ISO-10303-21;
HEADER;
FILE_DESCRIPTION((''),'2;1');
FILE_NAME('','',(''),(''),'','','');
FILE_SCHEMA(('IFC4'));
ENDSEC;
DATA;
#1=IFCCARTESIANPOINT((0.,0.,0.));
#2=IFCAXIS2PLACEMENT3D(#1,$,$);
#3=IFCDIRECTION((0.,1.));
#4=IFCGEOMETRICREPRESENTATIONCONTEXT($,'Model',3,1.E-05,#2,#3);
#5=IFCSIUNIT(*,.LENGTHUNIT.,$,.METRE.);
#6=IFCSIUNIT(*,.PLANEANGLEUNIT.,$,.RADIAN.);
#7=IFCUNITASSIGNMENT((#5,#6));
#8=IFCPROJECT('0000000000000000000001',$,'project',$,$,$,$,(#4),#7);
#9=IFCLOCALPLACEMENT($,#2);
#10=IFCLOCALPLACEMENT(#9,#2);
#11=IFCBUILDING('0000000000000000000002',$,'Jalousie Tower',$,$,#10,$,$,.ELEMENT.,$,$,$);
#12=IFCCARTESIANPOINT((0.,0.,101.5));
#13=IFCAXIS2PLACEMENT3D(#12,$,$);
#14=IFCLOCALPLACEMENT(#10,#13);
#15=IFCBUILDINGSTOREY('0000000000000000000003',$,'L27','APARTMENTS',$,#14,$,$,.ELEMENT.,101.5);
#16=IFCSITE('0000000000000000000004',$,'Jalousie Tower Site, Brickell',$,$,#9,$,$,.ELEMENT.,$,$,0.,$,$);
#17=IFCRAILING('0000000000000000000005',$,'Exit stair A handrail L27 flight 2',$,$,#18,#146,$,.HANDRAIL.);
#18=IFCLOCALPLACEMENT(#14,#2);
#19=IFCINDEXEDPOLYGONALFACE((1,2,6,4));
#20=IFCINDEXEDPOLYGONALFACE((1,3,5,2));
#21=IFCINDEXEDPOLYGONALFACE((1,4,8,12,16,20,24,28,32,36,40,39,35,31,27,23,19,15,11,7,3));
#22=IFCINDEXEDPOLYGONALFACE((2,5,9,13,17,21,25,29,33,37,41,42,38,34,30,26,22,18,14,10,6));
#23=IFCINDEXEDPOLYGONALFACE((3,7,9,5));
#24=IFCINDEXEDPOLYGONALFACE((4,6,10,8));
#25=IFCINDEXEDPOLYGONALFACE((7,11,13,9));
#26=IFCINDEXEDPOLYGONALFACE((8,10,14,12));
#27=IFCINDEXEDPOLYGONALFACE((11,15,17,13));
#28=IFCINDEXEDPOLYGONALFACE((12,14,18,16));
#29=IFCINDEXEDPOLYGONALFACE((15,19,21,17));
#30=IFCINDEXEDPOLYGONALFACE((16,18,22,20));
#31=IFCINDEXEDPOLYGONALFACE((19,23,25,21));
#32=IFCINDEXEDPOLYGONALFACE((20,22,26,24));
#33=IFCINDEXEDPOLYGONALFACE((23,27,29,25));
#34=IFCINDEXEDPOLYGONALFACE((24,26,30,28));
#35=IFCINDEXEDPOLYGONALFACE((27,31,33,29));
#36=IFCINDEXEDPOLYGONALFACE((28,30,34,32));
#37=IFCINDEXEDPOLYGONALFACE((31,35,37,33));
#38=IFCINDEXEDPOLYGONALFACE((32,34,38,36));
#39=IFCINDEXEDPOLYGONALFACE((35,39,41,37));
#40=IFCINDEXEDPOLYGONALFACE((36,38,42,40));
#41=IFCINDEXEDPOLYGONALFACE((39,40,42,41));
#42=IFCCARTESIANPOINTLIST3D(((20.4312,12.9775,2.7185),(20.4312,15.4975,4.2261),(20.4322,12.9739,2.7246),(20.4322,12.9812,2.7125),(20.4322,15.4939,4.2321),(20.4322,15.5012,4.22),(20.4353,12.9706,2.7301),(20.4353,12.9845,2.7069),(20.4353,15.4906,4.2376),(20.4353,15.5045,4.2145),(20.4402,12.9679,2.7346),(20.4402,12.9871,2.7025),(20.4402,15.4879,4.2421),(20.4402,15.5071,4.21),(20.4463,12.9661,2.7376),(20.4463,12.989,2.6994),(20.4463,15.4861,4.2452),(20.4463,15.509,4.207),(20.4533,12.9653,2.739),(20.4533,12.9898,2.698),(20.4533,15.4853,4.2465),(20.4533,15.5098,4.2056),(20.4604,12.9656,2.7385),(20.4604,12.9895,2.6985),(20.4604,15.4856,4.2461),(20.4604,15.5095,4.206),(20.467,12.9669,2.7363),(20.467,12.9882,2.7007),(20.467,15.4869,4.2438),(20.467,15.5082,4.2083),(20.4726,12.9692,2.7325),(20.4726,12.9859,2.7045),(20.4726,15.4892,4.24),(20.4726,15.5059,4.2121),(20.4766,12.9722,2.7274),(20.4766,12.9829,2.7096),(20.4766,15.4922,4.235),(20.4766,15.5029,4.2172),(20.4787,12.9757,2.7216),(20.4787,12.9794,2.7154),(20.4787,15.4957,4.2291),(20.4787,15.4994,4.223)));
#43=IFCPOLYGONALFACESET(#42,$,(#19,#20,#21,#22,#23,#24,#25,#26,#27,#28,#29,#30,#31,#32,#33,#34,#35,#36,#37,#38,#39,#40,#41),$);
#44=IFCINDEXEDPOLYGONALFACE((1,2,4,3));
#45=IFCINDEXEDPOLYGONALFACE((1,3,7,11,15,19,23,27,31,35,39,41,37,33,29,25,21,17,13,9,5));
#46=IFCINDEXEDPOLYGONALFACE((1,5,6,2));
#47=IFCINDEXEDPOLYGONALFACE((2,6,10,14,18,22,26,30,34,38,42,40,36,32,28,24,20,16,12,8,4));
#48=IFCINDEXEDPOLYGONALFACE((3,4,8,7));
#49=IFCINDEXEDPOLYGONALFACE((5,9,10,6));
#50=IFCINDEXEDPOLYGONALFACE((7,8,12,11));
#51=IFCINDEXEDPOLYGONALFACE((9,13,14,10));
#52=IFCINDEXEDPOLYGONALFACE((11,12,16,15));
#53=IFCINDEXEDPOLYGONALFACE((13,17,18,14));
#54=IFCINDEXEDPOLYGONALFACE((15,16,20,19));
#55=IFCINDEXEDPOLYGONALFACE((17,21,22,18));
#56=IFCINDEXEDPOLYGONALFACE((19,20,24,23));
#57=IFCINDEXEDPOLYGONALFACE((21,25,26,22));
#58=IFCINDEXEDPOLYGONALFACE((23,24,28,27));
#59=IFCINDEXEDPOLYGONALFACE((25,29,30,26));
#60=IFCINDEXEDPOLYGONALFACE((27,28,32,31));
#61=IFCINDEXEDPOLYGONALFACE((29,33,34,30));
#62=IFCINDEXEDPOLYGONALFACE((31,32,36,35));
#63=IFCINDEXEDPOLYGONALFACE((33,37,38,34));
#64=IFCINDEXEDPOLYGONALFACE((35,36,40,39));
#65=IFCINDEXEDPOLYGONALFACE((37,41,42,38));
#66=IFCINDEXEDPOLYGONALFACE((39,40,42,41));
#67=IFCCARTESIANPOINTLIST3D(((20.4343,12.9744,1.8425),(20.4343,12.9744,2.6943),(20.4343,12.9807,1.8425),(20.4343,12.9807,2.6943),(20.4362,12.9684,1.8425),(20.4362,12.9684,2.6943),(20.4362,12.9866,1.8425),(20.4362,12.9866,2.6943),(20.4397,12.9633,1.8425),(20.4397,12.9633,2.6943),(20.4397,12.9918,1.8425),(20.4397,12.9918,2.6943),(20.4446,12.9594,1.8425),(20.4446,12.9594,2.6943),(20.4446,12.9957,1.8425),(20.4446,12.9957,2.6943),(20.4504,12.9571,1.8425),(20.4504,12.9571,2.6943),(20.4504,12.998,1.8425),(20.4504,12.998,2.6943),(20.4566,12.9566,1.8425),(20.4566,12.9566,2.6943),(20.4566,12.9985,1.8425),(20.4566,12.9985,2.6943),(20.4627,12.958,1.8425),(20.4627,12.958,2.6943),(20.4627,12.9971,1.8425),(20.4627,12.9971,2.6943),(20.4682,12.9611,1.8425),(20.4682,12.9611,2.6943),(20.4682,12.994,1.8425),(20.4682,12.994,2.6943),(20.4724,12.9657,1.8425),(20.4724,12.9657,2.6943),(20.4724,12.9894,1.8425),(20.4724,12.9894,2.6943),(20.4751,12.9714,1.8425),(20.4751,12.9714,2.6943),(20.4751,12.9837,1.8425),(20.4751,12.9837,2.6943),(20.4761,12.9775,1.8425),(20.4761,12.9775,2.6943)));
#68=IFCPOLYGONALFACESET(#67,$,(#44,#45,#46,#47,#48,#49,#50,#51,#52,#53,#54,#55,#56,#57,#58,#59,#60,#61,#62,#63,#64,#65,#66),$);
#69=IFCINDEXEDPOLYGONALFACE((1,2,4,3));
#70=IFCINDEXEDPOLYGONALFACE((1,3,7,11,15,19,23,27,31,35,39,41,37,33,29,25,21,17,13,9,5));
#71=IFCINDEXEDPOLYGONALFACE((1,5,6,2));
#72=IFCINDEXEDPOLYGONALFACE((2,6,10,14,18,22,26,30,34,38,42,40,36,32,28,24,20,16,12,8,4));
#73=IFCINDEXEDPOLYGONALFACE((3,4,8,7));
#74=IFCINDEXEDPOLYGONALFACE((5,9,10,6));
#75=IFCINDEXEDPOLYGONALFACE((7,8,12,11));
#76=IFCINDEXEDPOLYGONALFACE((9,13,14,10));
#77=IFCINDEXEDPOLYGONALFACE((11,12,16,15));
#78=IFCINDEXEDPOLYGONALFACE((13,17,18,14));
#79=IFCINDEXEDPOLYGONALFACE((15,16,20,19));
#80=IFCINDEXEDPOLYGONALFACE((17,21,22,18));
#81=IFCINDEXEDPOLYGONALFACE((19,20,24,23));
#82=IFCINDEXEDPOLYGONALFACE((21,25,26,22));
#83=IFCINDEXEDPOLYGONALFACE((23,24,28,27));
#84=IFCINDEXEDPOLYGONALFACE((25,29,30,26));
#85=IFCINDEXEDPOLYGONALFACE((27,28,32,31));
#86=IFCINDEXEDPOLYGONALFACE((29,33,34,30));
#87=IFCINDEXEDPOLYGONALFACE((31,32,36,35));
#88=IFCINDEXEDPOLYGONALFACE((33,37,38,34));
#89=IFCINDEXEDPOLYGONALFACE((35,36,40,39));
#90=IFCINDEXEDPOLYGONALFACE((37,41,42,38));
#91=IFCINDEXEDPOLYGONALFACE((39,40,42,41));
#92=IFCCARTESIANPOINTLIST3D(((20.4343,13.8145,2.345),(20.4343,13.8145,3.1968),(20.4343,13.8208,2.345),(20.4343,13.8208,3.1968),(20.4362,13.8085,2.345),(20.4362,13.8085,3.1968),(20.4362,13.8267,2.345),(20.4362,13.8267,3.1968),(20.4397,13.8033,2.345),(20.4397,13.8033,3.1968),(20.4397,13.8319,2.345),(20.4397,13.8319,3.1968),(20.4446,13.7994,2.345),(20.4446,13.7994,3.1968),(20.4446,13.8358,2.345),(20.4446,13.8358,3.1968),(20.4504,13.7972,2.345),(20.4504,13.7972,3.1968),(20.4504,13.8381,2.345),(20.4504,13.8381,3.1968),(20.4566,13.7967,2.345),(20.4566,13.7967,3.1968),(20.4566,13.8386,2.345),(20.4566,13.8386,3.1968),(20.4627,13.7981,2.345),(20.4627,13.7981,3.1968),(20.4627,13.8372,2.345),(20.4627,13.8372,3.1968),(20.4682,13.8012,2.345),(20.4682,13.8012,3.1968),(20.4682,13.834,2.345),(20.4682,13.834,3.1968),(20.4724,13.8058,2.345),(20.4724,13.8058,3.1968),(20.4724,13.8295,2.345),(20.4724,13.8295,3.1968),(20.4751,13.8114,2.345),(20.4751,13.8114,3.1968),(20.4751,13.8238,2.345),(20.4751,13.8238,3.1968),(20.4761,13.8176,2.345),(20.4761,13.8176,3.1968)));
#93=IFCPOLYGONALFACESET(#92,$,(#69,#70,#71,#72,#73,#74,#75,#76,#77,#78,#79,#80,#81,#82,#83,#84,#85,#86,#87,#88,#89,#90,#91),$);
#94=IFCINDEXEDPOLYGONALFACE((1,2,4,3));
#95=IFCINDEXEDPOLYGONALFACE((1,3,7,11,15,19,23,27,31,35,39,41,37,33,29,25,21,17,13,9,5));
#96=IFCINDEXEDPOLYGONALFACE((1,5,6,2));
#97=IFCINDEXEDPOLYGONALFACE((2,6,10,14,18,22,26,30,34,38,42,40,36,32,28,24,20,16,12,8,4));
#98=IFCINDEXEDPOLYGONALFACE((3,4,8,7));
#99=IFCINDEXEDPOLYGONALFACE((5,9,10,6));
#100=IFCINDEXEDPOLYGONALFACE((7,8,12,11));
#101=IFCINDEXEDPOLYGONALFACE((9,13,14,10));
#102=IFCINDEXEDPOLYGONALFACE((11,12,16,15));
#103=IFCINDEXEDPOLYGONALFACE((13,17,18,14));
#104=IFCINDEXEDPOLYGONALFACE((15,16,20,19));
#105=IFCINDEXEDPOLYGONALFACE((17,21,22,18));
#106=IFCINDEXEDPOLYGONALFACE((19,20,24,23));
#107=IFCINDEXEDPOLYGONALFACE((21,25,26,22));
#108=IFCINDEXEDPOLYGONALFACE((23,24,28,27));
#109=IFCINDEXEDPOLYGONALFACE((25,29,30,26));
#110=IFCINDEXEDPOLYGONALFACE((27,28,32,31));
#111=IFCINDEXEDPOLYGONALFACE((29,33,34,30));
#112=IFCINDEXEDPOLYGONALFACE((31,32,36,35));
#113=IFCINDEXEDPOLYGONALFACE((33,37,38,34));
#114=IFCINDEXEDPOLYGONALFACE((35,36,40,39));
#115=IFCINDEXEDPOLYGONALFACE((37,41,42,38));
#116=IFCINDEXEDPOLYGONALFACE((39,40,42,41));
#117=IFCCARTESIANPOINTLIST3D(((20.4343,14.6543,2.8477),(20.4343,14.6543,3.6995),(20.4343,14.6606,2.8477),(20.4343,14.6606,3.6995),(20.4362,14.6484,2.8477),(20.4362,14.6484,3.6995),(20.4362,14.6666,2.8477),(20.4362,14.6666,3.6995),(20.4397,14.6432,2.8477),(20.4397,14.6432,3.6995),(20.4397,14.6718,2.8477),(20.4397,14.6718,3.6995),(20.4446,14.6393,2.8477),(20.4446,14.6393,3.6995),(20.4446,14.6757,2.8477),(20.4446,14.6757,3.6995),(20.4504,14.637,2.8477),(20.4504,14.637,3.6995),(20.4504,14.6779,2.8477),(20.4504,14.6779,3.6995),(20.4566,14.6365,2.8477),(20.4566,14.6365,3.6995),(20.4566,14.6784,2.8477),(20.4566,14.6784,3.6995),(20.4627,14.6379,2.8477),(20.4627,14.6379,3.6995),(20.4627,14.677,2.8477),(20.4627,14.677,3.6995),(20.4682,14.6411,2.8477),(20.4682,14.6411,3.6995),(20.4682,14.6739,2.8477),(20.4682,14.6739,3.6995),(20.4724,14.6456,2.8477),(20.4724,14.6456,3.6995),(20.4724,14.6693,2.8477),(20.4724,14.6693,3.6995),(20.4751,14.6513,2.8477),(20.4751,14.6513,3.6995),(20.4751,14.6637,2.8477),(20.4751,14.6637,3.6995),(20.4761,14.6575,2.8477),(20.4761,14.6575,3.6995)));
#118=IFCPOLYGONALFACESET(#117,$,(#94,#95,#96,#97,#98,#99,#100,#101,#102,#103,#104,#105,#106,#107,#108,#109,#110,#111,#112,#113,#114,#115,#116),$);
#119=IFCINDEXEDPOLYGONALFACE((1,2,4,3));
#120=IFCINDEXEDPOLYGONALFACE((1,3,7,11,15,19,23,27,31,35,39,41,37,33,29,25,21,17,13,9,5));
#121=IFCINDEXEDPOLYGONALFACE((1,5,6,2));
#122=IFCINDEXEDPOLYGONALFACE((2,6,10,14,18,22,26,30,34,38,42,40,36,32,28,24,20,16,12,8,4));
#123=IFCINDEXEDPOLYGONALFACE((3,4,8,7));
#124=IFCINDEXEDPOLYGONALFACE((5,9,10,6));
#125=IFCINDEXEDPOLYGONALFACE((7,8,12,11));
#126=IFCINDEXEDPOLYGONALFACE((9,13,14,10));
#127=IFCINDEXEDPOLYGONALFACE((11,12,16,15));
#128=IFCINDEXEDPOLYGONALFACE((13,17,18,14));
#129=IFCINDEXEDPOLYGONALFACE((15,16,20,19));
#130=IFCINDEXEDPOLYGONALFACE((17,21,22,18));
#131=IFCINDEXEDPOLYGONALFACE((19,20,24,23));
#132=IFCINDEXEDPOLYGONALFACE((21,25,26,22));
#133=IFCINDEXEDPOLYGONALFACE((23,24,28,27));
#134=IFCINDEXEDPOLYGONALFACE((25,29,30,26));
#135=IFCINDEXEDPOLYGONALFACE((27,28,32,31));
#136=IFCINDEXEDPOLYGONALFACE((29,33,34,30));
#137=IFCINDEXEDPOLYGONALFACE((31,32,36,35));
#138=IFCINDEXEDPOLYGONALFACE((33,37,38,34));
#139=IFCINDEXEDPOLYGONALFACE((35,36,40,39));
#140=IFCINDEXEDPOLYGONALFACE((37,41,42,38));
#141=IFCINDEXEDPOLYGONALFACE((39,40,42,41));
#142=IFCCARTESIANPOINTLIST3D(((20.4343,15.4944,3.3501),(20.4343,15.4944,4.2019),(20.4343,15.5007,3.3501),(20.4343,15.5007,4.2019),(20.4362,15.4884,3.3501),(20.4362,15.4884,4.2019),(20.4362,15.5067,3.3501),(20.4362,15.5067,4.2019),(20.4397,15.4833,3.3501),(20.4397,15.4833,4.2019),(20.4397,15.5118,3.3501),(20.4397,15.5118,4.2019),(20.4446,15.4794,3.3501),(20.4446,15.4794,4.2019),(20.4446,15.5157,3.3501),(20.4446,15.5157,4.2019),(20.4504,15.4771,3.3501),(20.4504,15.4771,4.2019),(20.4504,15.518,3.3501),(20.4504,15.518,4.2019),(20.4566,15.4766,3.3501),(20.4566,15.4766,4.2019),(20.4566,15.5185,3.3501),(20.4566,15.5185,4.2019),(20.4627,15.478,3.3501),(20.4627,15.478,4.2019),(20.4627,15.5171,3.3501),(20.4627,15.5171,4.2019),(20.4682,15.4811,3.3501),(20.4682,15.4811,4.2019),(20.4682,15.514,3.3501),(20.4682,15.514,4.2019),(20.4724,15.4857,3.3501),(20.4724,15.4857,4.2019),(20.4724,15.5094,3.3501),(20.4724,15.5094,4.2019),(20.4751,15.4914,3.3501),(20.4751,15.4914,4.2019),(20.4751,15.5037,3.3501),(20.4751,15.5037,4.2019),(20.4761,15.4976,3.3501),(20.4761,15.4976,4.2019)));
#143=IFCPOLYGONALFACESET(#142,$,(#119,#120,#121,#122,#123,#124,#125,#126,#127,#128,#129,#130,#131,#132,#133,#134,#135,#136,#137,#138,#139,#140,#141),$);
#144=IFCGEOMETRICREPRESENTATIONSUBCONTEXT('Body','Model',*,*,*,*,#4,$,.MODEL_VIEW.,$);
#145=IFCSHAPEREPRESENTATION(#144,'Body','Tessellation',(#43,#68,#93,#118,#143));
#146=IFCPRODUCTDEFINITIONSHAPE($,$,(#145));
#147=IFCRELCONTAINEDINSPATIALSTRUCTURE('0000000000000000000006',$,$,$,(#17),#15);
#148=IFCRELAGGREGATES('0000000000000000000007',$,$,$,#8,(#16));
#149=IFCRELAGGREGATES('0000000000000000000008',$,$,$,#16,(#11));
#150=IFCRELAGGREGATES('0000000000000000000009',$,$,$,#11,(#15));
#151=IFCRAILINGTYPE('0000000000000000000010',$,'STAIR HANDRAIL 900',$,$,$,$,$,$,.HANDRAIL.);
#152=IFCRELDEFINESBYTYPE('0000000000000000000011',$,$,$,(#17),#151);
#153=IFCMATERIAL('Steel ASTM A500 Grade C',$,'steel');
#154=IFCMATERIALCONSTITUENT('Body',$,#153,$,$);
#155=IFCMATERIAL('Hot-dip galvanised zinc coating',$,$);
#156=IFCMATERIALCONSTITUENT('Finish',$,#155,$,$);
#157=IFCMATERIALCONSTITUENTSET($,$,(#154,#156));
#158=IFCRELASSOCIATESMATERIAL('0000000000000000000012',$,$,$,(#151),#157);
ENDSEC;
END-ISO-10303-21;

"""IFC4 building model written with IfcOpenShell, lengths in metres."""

from ifc_helpers import new_model, si_unit, direction, frame, origin, origin_2d, place, context, subcontext, project, spatial, circle, extrude, material, constituent, constituent_set, type_object, element, save


model = new_model("IFC4")

# Units and contexts
model_context = context("Model", 3, precision=1e-05, world=origin(), true_north=direction((0.0, 1.0)))
body_context = subcontext(model_context, "Body", "Model", "MODEL_VIEW")
ifc_project = project(units=[si_unit("LENGTHUNIT", "METRE"), si_unit("PLANEANGLEUNIT", "RADIAN")], contexts=[model_context])

# Site, building, storey
site_placement = place(None, origin())
site = spatial("IfcSite", under=ifc_project, at=site_placement, Name="Jalousie Tower Site, Brickell", CompositionType="ELEMENT", RefElevation=0.0)
building_placement = place(site_placement, origin())
building = spatial("IfcBuilding", under=site, at=building_placement, Name="Jalousie Tower", CompositionType="ELEMENT")
storey_placement = place(building_placement, frame((0.0, 0.0, 101.5)))
storey = spatial("IfcBuildingStorey", under=building, at=storey_placement, Name="L27", Description="APARTMENTS", CompositionType="ELEMENT", Elevation=101.5)

# Railing
ifc_material_1 = material(Name="Steel ASTM A500 Grade C", Category="steel")
ifc_constituent_1 = constituent(ifc_material_1, Name="Body")
ifc_material_2 = material(Name="Hot-dip galvanised zinc coating")
ifc_constituent_2 = constituent(ifc_material_2, Name="Finish")
ifc_constituent_set_1 = constituent_set(constituents=[ifc_constituent_1, ifc_constituent_2])
railing_type_1 = type_object("IfcRailingType", Name="STAIR HANDRAIL 900", PredefinedType="HANDRAIL", material=ifc_constituent_set_1)
railing_1_placement = place(storey_placement, frame((20.4551, 12.9775, 1.8425)))
element("IfcRailing", 1, at=railing_1_placement, inside=storey, type_object=railing_type_1, Name="Exit stair A handrail L27 flight 2", PredefinedType="HANDRAIL", context=body_context, shape_type="SweptSolid", body=[
    extrude(circle(Radius=0.0239, at=origin_2d()), frame((0.0, 0.0, 0.876), z_axis=(0.0, 0.85816, 0.513383), x_axis=(-1.0, 0.0, 0.0)), (0.0, 0.0, 1.0), 2.9365),
    extrude(circle(Radius=0.021, at=origin_2d()), origin(), (0.0, 0.0, 1.0), 0.8518),
    extrude(circle(Radius=0.021, at=origin_2d()), frame((0.0, 0.8401, 0.5024)), (0.0, 0.0, 1.0), 0.8518),
    extrude(circle(Radius=0.021, at=origin_2d()), frame((0.0, 1.6799, 1.0051)), (0.0, 0.0, 1.0), 0.8518),
    extrude(circle(Radius=0.021, at=origin_2d()), frame((0.0, 2.52, 1.5076)), (0.0, 0.0, 1.0), 0.8518),
])

save(model, "model.ifc")
